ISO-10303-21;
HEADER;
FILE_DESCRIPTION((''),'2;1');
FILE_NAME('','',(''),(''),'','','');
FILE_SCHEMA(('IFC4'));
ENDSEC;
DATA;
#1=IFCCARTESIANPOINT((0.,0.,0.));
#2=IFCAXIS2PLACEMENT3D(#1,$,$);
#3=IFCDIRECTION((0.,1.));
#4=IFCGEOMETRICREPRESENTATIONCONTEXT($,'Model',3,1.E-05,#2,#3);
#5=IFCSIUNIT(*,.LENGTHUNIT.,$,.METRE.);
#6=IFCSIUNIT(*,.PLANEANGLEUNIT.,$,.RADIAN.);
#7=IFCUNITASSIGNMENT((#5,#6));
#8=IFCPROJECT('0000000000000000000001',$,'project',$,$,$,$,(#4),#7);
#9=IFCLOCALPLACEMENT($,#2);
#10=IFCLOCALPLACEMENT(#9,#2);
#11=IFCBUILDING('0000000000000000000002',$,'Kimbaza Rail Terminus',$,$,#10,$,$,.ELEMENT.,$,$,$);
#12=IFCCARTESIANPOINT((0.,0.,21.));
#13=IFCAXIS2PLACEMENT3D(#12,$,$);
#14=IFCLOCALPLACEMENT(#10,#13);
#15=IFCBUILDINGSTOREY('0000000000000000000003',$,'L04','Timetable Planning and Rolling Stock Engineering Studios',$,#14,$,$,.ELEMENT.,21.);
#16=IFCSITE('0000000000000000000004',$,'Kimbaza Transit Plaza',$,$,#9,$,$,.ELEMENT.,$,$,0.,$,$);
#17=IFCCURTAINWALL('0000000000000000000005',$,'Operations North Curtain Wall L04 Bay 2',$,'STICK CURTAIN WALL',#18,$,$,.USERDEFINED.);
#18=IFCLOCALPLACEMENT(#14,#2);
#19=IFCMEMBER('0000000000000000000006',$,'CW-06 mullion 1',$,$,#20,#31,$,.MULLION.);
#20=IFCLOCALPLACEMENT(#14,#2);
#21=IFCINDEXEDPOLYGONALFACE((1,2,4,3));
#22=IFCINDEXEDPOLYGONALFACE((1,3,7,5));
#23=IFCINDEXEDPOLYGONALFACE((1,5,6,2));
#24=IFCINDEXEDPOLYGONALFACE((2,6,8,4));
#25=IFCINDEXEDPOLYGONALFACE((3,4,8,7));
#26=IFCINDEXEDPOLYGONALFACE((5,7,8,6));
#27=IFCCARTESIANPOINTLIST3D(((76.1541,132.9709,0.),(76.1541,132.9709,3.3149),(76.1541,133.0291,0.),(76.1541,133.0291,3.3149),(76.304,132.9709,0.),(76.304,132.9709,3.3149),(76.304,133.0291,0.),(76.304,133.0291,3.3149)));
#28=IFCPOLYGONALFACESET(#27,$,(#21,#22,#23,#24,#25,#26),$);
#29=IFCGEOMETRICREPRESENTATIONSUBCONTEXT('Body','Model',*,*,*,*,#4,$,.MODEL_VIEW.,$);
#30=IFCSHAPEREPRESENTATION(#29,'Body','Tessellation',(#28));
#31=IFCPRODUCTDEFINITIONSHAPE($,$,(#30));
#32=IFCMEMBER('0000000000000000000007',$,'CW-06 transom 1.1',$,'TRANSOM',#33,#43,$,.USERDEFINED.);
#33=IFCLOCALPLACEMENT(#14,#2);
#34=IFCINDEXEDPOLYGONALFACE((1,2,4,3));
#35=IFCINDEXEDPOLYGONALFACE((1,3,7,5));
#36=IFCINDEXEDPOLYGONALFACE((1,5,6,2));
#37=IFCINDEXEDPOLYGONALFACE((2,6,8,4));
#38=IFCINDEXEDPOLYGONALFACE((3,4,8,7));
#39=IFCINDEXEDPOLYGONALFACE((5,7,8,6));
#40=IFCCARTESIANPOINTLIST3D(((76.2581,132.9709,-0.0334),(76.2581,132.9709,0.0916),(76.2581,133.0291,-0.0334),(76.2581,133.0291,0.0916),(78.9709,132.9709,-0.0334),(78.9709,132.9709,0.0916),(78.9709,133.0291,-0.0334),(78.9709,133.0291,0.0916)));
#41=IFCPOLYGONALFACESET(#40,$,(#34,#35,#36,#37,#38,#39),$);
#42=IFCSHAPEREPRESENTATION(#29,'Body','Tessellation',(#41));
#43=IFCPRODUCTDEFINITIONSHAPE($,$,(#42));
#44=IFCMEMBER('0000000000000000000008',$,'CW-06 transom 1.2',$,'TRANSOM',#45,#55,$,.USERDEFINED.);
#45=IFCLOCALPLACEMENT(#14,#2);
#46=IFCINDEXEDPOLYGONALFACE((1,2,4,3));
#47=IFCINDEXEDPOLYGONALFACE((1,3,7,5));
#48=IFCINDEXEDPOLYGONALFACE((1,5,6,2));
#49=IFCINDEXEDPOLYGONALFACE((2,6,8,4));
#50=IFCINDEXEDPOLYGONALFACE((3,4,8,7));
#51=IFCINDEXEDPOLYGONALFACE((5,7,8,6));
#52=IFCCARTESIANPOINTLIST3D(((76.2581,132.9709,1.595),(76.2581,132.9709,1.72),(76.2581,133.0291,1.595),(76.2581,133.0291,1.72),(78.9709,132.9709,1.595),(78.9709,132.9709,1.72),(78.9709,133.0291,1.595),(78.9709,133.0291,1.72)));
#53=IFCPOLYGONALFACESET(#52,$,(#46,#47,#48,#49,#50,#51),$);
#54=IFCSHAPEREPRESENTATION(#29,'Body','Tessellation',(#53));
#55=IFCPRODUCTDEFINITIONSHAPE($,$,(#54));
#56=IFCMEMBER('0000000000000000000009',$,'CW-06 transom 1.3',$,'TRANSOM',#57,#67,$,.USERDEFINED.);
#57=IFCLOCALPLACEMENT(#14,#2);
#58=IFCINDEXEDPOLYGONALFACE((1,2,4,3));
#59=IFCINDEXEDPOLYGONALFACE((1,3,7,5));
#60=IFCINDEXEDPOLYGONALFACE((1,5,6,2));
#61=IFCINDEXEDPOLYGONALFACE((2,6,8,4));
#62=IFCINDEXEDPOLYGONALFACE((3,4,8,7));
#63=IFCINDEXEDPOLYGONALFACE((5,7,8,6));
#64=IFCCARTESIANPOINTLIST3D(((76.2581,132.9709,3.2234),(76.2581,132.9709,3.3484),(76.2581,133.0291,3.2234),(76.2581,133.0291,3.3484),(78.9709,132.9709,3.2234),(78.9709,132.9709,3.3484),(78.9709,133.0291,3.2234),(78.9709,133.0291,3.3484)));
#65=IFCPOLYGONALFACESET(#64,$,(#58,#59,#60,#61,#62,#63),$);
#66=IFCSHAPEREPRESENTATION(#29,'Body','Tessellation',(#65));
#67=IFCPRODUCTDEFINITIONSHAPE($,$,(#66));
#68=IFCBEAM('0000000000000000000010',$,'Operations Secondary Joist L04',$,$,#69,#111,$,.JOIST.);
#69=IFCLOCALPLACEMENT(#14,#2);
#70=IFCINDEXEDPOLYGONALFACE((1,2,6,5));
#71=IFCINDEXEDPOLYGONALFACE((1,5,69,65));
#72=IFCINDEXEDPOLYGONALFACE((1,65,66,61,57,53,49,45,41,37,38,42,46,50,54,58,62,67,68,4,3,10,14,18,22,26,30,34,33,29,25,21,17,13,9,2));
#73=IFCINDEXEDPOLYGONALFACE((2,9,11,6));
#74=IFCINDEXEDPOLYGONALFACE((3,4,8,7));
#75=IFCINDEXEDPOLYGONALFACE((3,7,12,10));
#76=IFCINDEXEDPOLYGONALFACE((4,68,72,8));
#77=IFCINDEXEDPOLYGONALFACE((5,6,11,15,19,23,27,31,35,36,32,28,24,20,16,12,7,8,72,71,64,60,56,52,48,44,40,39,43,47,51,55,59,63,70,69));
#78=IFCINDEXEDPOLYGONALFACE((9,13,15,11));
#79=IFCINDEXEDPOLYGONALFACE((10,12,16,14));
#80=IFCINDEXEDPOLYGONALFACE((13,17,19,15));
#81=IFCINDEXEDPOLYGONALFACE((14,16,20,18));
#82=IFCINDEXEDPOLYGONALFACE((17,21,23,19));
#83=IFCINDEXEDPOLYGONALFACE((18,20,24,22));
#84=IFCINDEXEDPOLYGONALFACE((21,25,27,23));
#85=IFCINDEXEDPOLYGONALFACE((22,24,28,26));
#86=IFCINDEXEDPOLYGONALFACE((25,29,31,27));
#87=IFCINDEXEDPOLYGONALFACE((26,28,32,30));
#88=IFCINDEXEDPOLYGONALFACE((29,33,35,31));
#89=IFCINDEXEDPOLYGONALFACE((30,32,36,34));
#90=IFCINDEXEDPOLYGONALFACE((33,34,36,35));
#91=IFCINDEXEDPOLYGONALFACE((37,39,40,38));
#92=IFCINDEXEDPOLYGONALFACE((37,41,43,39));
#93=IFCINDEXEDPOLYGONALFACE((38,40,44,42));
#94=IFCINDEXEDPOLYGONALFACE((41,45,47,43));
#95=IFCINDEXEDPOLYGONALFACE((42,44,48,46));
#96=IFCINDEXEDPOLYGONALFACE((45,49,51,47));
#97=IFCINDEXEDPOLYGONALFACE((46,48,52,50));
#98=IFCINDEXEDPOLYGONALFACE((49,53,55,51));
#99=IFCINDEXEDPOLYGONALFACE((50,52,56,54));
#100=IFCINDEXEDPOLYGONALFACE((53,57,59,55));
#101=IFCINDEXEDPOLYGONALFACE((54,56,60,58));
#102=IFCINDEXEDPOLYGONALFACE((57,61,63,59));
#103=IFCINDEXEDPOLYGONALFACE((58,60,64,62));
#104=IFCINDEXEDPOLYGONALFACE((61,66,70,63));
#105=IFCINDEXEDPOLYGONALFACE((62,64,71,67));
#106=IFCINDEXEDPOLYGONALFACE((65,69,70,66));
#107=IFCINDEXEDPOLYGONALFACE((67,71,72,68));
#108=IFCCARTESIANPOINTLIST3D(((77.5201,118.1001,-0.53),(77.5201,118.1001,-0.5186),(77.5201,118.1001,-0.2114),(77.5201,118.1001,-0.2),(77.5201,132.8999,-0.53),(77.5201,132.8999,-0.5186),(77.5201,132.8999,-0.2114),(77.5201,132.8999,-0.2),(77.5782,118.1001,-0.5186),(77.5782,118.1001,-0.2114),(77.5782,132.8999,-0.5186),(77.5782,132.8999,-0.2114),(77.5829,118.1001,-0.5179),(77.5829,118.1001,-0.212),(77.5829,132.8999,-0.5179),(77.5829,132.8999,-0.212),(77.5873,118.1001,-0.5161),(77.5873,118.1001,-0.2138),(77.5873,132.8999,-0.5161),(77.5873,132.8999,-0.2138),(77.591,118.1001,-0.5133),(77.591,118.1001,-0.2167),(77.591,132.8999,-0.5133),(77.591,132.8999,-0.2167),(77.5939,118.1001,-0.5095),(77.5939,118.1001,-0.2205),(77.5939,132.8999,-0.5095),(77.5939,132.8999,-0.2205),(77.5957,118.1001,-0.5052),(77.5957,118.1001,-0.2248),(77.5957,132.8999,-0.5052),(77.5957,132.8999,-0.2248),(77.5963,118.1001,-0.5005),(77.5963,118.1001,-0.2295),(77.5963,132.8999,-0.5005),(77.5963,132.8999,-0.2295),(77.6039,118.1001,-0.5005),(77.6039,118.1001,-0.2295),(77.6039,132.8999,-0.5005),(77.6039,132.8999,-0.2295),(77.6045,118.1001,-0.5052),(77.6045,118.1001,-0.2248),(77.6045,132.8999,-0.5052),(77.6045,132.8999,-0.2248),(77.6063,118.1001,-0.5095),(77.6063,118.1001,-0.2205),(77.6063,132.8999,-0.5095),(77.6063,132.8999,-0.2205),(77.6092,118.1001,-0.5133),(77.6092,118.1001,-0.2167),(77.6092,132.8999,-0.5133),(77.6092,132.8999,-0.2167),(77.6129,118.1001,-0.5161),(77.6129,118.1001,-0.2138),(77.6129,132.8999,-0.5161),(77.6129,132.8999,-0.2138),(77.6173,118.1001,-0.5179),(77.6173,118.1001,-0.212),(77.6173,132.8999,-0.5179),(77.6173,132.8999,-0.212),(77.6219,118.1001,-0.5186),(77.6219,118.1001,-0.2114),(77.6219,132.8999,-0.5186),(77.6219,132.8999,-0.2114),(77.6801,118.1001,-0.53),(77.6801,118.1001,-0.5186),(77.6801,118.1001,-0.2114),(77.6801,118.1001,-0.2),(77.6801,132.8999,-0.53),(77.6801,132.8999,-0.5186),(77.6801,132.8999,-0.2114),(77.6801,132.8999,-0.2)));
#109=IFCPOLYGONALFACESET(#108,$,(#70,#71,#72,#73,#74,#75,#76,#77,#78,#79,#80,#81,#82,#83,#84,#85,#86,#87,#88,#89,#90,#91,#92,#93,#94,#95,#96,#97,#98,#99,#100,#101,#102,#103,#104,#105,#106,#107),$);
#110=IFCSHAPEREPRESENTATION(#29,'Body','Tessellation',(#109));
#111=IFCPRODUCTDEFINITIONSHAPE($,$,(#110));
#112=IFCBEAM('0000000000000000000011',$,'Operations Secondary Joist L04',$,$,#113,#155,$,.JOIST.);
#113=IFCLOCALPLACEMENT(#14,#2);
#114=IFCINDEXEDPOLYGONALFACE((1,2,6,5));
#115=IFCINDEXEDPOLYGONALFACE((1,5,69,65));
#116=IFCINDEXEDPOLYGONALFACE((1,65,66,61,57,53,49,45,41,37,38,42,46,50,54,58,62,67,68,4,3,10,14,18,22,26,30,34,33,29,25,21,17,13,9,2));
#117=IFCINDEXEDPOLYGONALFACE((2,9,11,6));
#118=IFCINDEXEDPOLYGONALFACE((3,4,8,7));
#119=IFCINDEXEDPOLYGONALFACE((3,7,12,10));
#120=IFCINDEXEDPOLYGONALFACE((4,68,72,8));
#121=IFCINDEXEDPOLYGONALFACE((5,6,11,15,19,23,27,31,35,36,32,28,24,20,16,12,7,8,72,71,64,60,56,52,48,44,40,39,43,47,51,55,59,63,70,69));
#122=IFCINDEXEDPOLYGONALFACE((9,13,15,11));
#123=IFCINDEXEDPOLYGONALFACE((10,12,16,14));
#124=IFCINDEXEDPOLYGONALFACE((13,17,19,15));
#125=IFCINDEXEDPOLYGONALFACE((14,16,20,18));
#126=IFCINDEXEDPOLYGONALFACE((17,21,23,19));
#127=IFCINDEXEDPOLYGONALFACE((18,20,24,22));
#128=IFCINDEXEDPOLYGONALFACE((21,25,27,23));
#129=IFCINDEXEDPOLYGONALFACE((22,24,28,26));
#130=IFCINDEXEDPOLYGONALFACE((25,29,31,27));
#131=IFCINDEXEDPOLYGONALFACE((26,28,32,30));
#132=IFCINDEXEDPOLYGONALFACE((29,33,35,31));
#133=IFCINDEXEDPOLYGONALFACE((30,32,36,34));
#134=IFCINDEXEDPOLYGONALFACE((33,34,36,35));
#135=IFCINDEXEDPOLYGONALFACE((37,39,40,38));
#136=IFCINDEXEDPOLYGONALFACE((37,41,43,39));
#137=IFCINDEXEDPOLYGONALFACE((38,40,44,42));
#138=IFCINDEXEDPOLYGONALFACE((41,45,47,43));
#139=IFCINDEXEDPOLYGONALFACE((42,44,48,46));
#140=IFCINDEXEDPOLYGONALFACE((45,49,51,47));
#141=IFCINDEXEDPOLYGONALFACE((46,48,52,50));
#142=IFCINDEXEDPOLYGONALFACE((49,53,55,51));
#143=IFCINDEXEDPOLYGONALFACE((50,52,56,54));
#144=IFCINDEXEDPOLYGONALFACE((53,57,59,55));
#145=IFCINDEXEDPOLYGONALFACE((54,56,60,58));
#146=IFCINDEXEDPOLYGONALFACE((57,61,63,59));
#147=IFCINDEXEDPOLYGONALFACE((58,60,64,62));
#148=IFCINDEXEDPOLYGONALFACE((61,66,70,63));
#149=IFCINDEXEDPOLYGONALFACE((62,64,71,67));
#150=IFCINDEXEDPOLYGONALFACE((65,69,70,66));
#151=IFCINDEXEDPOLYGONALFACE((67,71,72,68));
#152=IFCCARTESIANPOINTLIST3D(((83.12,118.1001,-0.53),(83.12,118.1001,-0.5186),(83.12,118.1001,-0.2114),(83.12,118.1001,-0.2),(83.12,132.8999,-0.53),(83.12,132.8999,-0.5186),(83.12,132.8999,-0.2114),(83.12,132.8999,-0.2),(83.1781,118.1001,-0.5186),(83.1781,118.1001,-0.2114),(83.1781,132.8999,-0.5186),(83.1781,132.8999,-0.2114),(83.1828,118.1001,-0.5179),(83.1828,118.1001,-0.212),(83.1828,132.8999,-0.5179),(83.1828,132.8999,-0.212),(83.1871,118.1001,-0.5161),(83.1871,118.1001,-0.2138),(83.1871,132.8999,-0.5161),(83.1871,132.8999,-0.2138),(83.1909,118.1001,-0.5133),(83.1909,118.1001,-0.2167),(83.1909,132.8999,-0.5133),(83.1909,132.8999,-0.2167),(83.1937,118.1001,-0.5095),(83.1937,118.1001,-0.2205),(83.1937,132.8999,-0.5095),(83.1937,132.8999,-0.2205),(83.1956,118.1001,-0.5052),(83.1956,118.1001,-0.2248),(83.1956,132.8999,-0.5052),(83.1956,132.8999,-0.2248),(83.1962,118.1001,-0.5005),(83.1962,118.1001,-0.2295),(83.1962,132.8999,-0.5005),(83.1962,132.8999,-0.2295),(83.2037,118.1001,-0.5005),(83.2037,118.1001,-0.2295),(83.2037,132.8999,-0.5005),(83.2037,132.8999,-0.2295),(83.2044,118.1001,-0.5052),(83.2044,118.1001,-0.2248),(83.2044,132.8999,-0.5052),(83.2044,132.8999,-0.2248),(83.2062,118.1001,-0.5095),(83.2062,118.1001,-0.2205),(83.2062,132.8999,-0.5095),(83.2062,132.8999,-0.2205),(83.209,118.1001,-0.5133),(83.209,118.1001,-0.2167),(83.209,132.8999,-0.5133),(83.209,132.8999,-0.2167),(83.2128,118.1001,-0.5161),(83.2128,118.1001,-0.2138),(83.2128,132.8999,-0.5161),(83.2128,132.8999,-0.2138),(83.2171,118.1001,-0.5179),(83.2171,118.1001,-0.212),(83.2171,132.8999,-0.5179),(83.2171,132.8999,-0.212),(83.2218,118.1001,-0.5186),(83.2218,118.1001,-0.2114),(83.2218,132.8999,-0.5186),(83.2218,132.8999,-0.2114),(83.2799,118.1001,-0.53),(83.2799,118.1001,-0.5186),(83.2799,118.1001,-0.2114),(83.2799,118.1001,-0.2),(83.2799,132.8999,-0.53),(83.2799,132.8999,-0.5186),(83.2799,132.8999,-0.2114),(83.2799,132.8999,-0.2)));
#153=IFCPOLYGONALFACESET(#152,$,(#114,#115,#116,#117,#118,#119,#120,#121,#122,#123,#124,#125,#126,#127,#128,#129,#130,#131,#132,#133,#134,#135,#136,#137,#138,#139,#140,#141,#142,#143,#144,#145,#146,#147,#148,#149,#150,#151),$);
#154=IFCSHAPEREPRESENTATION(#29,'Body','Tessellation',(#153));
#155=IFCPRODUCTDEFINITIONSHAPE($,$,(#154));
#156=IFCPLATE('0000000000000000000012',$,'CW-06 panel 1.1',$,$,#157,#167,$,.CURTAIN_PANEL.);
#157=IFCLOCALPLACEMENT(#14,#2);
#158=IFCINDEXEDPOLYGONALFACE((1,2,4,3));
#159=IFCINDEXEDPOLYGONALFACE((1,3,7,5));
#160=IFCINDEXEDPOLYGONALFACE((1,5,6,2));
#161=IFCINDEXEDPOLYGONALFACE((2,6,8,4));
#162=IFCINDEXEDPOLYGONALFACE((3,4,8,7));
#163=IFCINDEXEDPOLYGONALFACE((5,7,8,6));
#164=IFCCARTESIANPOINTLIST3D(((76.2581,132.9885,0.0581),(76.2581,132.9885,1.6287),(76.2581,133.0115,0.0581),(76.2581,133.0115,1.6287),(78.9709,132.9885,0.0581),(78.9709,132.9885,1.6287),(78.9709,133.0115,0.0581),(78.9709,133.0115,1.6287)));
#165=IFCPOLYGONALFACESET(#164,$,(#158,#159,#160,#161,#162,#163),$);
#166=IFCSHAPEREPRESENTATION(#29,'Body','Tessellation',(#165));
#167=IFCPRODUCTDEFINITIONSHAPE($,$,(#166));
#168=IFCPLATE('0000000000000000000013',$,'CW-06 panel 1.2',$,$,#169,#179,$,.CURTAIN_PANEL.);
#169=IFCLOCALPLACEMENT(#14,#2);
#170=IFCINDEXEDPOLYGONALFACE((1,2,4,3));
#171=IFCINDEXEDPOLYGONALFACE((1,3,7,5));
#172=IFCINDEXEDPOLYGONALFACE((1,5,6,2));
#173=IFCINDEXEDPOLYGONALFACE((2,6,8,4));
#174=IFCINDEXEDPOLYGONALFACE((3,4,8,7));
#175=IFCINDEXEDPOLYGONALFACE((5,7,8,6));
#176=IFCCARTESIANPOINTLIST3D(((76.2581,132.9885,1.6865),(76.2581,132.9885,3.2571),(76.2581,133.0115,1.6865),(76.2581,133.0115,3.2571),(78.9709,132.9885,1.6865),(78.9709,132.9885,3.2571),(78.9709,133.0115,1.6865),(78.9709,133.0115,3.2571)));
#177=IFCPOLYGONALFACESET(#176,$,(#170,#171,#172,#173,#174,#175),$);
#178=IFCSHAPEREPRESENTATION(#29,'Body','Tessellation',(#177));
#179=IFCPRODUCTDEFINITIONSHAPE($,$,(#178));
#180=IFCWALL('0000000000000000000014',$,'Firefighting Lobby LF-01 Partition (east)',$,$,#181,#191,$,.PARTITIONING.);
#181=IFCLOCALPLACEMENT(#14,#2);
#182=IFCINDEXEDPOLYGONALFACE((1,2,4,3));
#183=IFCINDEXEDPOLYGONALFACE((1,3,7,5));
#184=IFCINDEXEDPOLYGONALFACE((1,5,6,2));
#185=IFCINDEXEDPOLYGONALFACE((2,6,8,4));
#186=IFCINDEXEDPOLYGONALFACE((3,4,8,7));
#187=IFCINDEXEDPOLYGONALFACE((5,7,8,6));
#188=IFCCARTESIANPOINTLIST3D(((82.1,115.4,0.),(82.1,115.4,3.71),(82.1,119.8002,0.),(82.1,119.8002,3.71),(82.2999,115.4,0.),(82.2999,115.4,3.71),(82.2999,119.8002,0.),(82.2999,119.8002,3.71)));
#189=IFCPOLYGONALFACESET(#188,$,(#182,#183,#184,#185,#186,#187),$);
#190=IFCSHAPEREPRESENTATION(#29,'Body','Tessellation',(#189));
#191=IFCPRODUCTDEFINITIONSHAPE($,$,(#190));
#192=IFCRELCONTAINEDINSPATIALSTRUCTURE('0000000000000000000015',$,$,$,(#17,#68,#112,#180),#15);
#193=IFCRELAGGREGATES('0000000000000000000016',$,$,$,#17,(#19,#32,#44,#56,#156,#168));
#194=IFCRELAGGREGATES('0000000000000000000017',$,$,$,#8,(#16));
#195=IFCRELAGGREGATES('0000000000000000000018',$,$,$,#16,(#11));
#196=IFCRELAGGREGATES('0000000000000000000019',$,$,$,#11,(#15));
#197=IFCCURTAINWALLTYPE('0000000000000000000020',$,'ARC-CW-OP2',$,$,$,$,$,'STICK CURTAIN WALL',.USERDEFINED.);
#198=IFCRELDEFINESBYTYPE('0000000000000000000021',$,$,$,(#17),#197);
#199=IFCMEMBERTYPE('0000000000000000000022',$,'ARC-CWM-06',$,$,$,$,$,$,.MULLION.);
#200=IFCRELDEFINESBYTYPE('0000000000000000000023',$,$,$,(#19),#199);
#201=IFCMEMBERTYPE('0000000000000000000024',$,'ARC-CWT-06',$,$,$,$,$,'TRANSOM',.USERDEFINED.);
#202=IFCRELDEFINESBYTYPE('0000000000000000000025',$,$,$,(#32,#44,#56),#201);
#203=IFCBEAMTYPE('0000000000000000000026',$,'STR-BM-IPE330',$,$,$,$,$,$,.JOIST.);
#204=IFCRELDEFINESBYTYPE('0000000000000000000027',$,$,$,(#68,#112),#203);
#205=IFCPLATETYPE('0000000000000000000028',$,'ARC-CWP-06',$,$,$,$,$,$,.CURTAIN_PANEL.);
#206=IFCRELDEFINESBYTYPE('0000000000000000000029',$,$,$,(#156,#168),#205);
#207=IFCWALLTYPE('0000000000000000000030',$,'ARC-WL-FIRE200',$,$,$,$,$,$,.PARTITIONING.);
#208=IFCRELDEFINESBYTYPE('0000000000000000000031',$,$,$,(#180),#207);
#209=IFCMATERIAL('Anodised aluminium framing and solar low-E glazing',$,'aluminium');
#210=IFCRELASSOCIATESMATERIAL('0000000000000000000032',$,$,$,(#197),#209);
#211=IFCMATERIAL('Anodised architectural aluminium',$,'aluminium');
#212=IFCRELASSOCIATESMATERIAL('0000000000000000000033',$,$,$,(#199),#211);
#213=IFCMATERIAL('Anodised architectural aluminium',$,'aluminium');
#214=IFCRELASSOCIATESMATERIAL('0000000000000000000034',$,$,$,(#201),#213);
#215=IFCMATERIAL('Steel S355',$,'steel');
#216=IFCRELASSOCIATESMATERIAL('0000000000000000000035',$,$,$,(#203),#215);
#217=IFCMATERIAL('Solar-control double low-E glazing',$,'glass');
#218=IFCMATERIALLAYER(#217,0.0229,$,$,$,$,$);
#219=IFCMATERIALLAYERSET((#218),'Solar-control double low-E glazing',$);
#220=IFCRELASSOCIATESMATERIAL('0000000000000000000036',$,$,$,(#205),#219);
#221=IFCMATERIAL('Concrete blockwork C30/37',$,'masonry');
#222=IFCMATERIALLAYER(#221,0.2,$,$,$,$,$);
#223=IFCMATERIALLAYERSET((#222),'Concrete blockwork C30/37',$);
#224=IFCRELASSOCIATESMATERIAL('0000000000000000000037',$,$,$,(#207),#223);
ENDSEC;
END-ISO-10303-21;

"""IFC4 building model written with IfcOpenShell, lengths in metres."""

from ifc_helpers import new_model, si_unit, direction, frame, frame_2d, origin, origin_2d, place, context, subcontext, project, spatial, rectangle, i_section, extrude, material, layer, layer_set, material_profile, profile_set, type_object, element, aggregate, save


model = new_model("IFC4")

# Units and contexts
model_context = context("Model", 3, precision=1e-05, world=origin(), true_north=direction((0.0, 1.0)))
body_context = subcontext(model_context, "Body", "Model", "MODEL_VIEW")
ifc_project = project(units=[si_unit("LENGTHUNIT", "METRE"), si_unit("PLANEANGLEUNIT", "RADIAN")], contexts=[model_context])

# Site, building, storey
site_placement = place(None, origin())
site = spatial("IfcSite", under=ifc_project, at=site_placement, Name="Kimbaza Transit Plaza", CompositionType="ELEMENT", RefElevation=0.0)
building_placement = place(site_placement, origin())
building = spatial("IfcBuilding", under=site, at=building_placement, Name="Kimbaza Rail Terminus", CompositionType="ELEMENT")
storey_placement = place(building_placement, frame((0.0, 0.0, 21.0)))
storey = spatial("IfcBuildingStorey", under=building, at=storey_placement, Name="L04", Description="Timetable Planning and Rolling Stock Engineering Studios", CompositionType="ELEMENT", Elevation=21.0)

# Curtain wall, members
ifc_material_1 = material(Name="Anodised aluminium framing and solar low-E glazing", Category="aluminium")
curtain_wall_type = type_object("IfcCurtainWallType", Name="ARC-CW-OP2", ElementType="STICK CURTAIN WALL", PredefinedType="USERDEFINED", material=ifc_material_1)
curtain_wall_placement = place(storey_placement, origin())
curtain_wall = element("IfcCurtainWall", 1, at=curtain_wall_placement, inside=storey, type_object=curtain_wall_type, Name="Operations North Curtain Wall L04 Bay 2", ObjectType="STICK CURTAIN WALL", PredefinedType="USERDEFINED")
ifc_material_2 = material(Name="Anodised architectural aluminium", Category="aluminium")
ifc_material_profile_1 = material_profile(ifc_material_2, rectangle(XDim=0.0581, YDim=0.1499, at=origin_2d()), Name="MULLION 58x150")
ifc_profile_set_1 = profile_set([ifc_material_profile_1], Name="Anodised architectural aluminium")
member_type_1 = type_object("IfcMemberType", Name="ARC-CWM-06", PredefinedType="MULLION", material=ifc_profile_set_1)
member_1_placement = place(storey_placement, frame((76.229, 133.0, 0.0), z_axis=(0.0, 0.0, 1.0), x_axis=(0.0, 1.0, 0.0)))
member_1 = element("IfcMember", 2, at=member_1_placement, type_object=member_type_1, Name="CW-06 mullion 1", PredefinedType="MULLION", context=body_context, shape_type="SweptSolid", body=[
    extrude(rectangle(XDim=0.0581, YDim=0.1499, at=origin_2d()), origin(), (0.0, 0.0, 1.0), 3.3149),
])
ifc_material_3 = material(Name="Anodised architectural aluminium", Category="aluminium")
ifc_material_profile_2 = material_profile(ifc_material_3, rectangle(XDim=0.0581, YDim=0.125, at=origin_2d()), Name="TRANSOM 58x125")
ifc_profile_set_2 = profile_set([ifc_material_profile_2], Name="Anodised architectural aluminium")
member_type_2 = type_object("IfcMemberType", Name="ARC-CWT-06", ElementType="TRANSOM", PredefinedType="USERDEFINED", material=ifc_profile_set_2)
member_2_placement = place(storey_placement, frame((76.2581, 133.0, 0.0291), z_axis=(1.0, 0.0, 0.0), x_axis=(0.0, 1.0, 0.0)))
member_2 = element("IfcMember", 3, at=member_2_placement, type_object=member_type_2, Name="CW-06 transom 1.1", ObjectType="TRANSOM", PredefinedType="USERDEFINED", context=body_context, shape_type="SweptSolid", body=[
    extrude(rectangle(XDim=0.0581, YDim=0.125, at=origin_2d()), origin(), (0.0, 0.0, 1.0), 2.7129),
])
member_3_placement = place(storey_placement, frame((76.2581, 133.0, 1.6575), z_axis=(1.0, 0.0, 0.0), x_axis=(0.0, 1.0, 0.0)))
member_3 = element("IfcMember", 4, at=member_3_placement, type_object=member_type_2, Name="CW-06 transom 1.2", ObjectType="TRANSOM", PredefinedType="USERDEFINED", context=body_context, shape_type="SweptSolid", body=[
    extrude(rectangle(XDim=0.0581, YDim=0.125, at=origin_2d()), origin(), (0.0, 0.0, 1.0), 2.7129),
])
member_4_placement = place(storey_placement, frame((76.2581, 133.0, 3.2859), z_axis=(1.0, 0.0, 0.0), x_axis=(0.0, 1.0, 0.0)))
member_4 = element("IfcMember", 5, at=member_4_placement, type_object=member_type_2, Name="CW-06 transom 1.3", ObjectType="TRANSOM", PredefinedType="USERDEFINED", context=body_context, shape_type="SweptSolid", body=[
    extrude(rectangle(XDim=0.0581, YDim=0.125, at=origin_2d()), origin(), (0.0, 0.0, 1.0), 2.7129),
])

# Beams
ifc_material_4 = material(Name="Steel S355", Category="steel")
ifc_material_profile_3 = material_profile(ifc_material_4, i_section(OverallWidth=0.1599, OverallDepth=0.3301, WebThickness=0.0076, FlangeThickness=0.0115, FilletRadius=0.0181, at=origin_2d()), Name="IPE 330")
ifc_profile_set_3 = profile_set([ifc_material_profile_3], Name="Steel S355")
beam_type = type_object("IfcBeamType", Name="STR-BM-IPE330", PredefinedType="JOIST", material=ifc_profile_set_3)
for number, where, z_axis, x_axis, name in (
    (6, (77.6001, 118.1001, -0.365), (0.0, 1.0, 0.0), (-1.0, 0.0, 0.0), "Operations Secondary Joist L04"),
    (7, (83.2, 118.1001, -0.365), (0.0, 1.0, 0.0), (-1.0, 0.0, 0.0), "Operations Secondary Joist L04"),
):
    element("IfcBeam", number, at=place(storey_placement, frame(where, z_axis=z_axis, x_axis=x_axis)), inside=storey, type_object=beam_type, Name=name, PredefinedType="JOIST", context=body_context, shape_type="SweptSolid", body=[
        extrude(i_section(OverallWidth=0.1599, OverallDepth=0.3301, WebThickness=0.0076, FlangeThickness=0.0115, FilletRadius=0.0181, at=origin_2d()), origin(), (0.0, 0.0, 1.0), 14.7998),
    ])

# Plates
ifc_material_5 = material(Name="Solar-control double low-E glazing", Category="glass")
ifc_layer_1 = layer(ifc_material_5, 0.0229)
ifc_layer_set_1 = layer_set([ifc_layer_1], Name="Solar-control double low-E glazing")
plate_type = type_object("IfcPlateType", Name="ARC-CWP-06", PredefinedType="CURTAIN_PANEL", material=ifc_layer_set_1)
plate_1_placement = place(storey_placement, frame((77.6145, 133.0, 0.0581), z_axis=(0.0, 0.0, 1.0), x_axis=(1.0, 0.0, 0.0)))
plate_1 = element("IfcPlate", 8, at=plate_1_placement, type_object=plate_type, Name="CW-06 panel 1.1", PredefinedType="CURTAIN_PANEL", context=body_context, shape_type="SweptSolid", body=[
    extrude(rectangle(XDim=2.7129, YDim=0.0229, at=origin_2d()), origin(), (0.0, 0.0, 1.0), 1.5706),
])
plate_2_placement = place(storey_placement, frame((77.6145, 133.0, 1.6865), z_axis=(0.0, 0.0, 1.0), x_axis=(1.0, 0.0, 0.0)))
plate_2 = element("IfcPlate", 9, at=plate_2_placement, type_object=plate_type, Name="CW-06 panel 1.2", PredefinedType="CURTAIN_PANEL", context=body_context, shape_type="SweptSolid", body=[
    extrude(rectangle(XDim=2.7129, YDim=0.0229, at=origin_2d()), origin(), (0.0, 0.0, 1.0), 1.5706),
])
aggregate(curtain_wall, [member_1, member_2, member_3, member_4, plate_1, plate_2])

# Wall
ifc_material_6 = material(Name="Concrete blockwork C30/37", Category="masonry")
ifc_layer_2 = layer(ifc_material_6, 0.2)
ifc_layer_set_2 = layer_set([ifc_layer_2], Name="Concrete blockwork C30/37")
wall_type_1 = type_object("IfcWallType", Name="ARC-WL-FIRE200", PredefinedType="PARTITIONING", material=ifc_layer_set_2)
wall_1_placement = place(storey_placement, frame((82.2, 115.3999, 0.0), z_axis=(0.0, 0.0, 1.0), x_axis=(0.0, 1.0, 0.0)))
element("IfcWall", 10, at=wall_1_placement, inside=storey, type_object=wall_type_1, Name="Firefighting Lobby LF-01 Partition (east)", PredefinedType="PARTITIONING", context=body_context, shape_type="SweptSolid", body=[
    extrude(rectangle(XDim=4.4001, YDim=0.2, at=frame_2d((2.2002, 0.0))), origin(), (0.0, 0.0, 1.0), 3.71),
])

save(model, "model.ifc")
